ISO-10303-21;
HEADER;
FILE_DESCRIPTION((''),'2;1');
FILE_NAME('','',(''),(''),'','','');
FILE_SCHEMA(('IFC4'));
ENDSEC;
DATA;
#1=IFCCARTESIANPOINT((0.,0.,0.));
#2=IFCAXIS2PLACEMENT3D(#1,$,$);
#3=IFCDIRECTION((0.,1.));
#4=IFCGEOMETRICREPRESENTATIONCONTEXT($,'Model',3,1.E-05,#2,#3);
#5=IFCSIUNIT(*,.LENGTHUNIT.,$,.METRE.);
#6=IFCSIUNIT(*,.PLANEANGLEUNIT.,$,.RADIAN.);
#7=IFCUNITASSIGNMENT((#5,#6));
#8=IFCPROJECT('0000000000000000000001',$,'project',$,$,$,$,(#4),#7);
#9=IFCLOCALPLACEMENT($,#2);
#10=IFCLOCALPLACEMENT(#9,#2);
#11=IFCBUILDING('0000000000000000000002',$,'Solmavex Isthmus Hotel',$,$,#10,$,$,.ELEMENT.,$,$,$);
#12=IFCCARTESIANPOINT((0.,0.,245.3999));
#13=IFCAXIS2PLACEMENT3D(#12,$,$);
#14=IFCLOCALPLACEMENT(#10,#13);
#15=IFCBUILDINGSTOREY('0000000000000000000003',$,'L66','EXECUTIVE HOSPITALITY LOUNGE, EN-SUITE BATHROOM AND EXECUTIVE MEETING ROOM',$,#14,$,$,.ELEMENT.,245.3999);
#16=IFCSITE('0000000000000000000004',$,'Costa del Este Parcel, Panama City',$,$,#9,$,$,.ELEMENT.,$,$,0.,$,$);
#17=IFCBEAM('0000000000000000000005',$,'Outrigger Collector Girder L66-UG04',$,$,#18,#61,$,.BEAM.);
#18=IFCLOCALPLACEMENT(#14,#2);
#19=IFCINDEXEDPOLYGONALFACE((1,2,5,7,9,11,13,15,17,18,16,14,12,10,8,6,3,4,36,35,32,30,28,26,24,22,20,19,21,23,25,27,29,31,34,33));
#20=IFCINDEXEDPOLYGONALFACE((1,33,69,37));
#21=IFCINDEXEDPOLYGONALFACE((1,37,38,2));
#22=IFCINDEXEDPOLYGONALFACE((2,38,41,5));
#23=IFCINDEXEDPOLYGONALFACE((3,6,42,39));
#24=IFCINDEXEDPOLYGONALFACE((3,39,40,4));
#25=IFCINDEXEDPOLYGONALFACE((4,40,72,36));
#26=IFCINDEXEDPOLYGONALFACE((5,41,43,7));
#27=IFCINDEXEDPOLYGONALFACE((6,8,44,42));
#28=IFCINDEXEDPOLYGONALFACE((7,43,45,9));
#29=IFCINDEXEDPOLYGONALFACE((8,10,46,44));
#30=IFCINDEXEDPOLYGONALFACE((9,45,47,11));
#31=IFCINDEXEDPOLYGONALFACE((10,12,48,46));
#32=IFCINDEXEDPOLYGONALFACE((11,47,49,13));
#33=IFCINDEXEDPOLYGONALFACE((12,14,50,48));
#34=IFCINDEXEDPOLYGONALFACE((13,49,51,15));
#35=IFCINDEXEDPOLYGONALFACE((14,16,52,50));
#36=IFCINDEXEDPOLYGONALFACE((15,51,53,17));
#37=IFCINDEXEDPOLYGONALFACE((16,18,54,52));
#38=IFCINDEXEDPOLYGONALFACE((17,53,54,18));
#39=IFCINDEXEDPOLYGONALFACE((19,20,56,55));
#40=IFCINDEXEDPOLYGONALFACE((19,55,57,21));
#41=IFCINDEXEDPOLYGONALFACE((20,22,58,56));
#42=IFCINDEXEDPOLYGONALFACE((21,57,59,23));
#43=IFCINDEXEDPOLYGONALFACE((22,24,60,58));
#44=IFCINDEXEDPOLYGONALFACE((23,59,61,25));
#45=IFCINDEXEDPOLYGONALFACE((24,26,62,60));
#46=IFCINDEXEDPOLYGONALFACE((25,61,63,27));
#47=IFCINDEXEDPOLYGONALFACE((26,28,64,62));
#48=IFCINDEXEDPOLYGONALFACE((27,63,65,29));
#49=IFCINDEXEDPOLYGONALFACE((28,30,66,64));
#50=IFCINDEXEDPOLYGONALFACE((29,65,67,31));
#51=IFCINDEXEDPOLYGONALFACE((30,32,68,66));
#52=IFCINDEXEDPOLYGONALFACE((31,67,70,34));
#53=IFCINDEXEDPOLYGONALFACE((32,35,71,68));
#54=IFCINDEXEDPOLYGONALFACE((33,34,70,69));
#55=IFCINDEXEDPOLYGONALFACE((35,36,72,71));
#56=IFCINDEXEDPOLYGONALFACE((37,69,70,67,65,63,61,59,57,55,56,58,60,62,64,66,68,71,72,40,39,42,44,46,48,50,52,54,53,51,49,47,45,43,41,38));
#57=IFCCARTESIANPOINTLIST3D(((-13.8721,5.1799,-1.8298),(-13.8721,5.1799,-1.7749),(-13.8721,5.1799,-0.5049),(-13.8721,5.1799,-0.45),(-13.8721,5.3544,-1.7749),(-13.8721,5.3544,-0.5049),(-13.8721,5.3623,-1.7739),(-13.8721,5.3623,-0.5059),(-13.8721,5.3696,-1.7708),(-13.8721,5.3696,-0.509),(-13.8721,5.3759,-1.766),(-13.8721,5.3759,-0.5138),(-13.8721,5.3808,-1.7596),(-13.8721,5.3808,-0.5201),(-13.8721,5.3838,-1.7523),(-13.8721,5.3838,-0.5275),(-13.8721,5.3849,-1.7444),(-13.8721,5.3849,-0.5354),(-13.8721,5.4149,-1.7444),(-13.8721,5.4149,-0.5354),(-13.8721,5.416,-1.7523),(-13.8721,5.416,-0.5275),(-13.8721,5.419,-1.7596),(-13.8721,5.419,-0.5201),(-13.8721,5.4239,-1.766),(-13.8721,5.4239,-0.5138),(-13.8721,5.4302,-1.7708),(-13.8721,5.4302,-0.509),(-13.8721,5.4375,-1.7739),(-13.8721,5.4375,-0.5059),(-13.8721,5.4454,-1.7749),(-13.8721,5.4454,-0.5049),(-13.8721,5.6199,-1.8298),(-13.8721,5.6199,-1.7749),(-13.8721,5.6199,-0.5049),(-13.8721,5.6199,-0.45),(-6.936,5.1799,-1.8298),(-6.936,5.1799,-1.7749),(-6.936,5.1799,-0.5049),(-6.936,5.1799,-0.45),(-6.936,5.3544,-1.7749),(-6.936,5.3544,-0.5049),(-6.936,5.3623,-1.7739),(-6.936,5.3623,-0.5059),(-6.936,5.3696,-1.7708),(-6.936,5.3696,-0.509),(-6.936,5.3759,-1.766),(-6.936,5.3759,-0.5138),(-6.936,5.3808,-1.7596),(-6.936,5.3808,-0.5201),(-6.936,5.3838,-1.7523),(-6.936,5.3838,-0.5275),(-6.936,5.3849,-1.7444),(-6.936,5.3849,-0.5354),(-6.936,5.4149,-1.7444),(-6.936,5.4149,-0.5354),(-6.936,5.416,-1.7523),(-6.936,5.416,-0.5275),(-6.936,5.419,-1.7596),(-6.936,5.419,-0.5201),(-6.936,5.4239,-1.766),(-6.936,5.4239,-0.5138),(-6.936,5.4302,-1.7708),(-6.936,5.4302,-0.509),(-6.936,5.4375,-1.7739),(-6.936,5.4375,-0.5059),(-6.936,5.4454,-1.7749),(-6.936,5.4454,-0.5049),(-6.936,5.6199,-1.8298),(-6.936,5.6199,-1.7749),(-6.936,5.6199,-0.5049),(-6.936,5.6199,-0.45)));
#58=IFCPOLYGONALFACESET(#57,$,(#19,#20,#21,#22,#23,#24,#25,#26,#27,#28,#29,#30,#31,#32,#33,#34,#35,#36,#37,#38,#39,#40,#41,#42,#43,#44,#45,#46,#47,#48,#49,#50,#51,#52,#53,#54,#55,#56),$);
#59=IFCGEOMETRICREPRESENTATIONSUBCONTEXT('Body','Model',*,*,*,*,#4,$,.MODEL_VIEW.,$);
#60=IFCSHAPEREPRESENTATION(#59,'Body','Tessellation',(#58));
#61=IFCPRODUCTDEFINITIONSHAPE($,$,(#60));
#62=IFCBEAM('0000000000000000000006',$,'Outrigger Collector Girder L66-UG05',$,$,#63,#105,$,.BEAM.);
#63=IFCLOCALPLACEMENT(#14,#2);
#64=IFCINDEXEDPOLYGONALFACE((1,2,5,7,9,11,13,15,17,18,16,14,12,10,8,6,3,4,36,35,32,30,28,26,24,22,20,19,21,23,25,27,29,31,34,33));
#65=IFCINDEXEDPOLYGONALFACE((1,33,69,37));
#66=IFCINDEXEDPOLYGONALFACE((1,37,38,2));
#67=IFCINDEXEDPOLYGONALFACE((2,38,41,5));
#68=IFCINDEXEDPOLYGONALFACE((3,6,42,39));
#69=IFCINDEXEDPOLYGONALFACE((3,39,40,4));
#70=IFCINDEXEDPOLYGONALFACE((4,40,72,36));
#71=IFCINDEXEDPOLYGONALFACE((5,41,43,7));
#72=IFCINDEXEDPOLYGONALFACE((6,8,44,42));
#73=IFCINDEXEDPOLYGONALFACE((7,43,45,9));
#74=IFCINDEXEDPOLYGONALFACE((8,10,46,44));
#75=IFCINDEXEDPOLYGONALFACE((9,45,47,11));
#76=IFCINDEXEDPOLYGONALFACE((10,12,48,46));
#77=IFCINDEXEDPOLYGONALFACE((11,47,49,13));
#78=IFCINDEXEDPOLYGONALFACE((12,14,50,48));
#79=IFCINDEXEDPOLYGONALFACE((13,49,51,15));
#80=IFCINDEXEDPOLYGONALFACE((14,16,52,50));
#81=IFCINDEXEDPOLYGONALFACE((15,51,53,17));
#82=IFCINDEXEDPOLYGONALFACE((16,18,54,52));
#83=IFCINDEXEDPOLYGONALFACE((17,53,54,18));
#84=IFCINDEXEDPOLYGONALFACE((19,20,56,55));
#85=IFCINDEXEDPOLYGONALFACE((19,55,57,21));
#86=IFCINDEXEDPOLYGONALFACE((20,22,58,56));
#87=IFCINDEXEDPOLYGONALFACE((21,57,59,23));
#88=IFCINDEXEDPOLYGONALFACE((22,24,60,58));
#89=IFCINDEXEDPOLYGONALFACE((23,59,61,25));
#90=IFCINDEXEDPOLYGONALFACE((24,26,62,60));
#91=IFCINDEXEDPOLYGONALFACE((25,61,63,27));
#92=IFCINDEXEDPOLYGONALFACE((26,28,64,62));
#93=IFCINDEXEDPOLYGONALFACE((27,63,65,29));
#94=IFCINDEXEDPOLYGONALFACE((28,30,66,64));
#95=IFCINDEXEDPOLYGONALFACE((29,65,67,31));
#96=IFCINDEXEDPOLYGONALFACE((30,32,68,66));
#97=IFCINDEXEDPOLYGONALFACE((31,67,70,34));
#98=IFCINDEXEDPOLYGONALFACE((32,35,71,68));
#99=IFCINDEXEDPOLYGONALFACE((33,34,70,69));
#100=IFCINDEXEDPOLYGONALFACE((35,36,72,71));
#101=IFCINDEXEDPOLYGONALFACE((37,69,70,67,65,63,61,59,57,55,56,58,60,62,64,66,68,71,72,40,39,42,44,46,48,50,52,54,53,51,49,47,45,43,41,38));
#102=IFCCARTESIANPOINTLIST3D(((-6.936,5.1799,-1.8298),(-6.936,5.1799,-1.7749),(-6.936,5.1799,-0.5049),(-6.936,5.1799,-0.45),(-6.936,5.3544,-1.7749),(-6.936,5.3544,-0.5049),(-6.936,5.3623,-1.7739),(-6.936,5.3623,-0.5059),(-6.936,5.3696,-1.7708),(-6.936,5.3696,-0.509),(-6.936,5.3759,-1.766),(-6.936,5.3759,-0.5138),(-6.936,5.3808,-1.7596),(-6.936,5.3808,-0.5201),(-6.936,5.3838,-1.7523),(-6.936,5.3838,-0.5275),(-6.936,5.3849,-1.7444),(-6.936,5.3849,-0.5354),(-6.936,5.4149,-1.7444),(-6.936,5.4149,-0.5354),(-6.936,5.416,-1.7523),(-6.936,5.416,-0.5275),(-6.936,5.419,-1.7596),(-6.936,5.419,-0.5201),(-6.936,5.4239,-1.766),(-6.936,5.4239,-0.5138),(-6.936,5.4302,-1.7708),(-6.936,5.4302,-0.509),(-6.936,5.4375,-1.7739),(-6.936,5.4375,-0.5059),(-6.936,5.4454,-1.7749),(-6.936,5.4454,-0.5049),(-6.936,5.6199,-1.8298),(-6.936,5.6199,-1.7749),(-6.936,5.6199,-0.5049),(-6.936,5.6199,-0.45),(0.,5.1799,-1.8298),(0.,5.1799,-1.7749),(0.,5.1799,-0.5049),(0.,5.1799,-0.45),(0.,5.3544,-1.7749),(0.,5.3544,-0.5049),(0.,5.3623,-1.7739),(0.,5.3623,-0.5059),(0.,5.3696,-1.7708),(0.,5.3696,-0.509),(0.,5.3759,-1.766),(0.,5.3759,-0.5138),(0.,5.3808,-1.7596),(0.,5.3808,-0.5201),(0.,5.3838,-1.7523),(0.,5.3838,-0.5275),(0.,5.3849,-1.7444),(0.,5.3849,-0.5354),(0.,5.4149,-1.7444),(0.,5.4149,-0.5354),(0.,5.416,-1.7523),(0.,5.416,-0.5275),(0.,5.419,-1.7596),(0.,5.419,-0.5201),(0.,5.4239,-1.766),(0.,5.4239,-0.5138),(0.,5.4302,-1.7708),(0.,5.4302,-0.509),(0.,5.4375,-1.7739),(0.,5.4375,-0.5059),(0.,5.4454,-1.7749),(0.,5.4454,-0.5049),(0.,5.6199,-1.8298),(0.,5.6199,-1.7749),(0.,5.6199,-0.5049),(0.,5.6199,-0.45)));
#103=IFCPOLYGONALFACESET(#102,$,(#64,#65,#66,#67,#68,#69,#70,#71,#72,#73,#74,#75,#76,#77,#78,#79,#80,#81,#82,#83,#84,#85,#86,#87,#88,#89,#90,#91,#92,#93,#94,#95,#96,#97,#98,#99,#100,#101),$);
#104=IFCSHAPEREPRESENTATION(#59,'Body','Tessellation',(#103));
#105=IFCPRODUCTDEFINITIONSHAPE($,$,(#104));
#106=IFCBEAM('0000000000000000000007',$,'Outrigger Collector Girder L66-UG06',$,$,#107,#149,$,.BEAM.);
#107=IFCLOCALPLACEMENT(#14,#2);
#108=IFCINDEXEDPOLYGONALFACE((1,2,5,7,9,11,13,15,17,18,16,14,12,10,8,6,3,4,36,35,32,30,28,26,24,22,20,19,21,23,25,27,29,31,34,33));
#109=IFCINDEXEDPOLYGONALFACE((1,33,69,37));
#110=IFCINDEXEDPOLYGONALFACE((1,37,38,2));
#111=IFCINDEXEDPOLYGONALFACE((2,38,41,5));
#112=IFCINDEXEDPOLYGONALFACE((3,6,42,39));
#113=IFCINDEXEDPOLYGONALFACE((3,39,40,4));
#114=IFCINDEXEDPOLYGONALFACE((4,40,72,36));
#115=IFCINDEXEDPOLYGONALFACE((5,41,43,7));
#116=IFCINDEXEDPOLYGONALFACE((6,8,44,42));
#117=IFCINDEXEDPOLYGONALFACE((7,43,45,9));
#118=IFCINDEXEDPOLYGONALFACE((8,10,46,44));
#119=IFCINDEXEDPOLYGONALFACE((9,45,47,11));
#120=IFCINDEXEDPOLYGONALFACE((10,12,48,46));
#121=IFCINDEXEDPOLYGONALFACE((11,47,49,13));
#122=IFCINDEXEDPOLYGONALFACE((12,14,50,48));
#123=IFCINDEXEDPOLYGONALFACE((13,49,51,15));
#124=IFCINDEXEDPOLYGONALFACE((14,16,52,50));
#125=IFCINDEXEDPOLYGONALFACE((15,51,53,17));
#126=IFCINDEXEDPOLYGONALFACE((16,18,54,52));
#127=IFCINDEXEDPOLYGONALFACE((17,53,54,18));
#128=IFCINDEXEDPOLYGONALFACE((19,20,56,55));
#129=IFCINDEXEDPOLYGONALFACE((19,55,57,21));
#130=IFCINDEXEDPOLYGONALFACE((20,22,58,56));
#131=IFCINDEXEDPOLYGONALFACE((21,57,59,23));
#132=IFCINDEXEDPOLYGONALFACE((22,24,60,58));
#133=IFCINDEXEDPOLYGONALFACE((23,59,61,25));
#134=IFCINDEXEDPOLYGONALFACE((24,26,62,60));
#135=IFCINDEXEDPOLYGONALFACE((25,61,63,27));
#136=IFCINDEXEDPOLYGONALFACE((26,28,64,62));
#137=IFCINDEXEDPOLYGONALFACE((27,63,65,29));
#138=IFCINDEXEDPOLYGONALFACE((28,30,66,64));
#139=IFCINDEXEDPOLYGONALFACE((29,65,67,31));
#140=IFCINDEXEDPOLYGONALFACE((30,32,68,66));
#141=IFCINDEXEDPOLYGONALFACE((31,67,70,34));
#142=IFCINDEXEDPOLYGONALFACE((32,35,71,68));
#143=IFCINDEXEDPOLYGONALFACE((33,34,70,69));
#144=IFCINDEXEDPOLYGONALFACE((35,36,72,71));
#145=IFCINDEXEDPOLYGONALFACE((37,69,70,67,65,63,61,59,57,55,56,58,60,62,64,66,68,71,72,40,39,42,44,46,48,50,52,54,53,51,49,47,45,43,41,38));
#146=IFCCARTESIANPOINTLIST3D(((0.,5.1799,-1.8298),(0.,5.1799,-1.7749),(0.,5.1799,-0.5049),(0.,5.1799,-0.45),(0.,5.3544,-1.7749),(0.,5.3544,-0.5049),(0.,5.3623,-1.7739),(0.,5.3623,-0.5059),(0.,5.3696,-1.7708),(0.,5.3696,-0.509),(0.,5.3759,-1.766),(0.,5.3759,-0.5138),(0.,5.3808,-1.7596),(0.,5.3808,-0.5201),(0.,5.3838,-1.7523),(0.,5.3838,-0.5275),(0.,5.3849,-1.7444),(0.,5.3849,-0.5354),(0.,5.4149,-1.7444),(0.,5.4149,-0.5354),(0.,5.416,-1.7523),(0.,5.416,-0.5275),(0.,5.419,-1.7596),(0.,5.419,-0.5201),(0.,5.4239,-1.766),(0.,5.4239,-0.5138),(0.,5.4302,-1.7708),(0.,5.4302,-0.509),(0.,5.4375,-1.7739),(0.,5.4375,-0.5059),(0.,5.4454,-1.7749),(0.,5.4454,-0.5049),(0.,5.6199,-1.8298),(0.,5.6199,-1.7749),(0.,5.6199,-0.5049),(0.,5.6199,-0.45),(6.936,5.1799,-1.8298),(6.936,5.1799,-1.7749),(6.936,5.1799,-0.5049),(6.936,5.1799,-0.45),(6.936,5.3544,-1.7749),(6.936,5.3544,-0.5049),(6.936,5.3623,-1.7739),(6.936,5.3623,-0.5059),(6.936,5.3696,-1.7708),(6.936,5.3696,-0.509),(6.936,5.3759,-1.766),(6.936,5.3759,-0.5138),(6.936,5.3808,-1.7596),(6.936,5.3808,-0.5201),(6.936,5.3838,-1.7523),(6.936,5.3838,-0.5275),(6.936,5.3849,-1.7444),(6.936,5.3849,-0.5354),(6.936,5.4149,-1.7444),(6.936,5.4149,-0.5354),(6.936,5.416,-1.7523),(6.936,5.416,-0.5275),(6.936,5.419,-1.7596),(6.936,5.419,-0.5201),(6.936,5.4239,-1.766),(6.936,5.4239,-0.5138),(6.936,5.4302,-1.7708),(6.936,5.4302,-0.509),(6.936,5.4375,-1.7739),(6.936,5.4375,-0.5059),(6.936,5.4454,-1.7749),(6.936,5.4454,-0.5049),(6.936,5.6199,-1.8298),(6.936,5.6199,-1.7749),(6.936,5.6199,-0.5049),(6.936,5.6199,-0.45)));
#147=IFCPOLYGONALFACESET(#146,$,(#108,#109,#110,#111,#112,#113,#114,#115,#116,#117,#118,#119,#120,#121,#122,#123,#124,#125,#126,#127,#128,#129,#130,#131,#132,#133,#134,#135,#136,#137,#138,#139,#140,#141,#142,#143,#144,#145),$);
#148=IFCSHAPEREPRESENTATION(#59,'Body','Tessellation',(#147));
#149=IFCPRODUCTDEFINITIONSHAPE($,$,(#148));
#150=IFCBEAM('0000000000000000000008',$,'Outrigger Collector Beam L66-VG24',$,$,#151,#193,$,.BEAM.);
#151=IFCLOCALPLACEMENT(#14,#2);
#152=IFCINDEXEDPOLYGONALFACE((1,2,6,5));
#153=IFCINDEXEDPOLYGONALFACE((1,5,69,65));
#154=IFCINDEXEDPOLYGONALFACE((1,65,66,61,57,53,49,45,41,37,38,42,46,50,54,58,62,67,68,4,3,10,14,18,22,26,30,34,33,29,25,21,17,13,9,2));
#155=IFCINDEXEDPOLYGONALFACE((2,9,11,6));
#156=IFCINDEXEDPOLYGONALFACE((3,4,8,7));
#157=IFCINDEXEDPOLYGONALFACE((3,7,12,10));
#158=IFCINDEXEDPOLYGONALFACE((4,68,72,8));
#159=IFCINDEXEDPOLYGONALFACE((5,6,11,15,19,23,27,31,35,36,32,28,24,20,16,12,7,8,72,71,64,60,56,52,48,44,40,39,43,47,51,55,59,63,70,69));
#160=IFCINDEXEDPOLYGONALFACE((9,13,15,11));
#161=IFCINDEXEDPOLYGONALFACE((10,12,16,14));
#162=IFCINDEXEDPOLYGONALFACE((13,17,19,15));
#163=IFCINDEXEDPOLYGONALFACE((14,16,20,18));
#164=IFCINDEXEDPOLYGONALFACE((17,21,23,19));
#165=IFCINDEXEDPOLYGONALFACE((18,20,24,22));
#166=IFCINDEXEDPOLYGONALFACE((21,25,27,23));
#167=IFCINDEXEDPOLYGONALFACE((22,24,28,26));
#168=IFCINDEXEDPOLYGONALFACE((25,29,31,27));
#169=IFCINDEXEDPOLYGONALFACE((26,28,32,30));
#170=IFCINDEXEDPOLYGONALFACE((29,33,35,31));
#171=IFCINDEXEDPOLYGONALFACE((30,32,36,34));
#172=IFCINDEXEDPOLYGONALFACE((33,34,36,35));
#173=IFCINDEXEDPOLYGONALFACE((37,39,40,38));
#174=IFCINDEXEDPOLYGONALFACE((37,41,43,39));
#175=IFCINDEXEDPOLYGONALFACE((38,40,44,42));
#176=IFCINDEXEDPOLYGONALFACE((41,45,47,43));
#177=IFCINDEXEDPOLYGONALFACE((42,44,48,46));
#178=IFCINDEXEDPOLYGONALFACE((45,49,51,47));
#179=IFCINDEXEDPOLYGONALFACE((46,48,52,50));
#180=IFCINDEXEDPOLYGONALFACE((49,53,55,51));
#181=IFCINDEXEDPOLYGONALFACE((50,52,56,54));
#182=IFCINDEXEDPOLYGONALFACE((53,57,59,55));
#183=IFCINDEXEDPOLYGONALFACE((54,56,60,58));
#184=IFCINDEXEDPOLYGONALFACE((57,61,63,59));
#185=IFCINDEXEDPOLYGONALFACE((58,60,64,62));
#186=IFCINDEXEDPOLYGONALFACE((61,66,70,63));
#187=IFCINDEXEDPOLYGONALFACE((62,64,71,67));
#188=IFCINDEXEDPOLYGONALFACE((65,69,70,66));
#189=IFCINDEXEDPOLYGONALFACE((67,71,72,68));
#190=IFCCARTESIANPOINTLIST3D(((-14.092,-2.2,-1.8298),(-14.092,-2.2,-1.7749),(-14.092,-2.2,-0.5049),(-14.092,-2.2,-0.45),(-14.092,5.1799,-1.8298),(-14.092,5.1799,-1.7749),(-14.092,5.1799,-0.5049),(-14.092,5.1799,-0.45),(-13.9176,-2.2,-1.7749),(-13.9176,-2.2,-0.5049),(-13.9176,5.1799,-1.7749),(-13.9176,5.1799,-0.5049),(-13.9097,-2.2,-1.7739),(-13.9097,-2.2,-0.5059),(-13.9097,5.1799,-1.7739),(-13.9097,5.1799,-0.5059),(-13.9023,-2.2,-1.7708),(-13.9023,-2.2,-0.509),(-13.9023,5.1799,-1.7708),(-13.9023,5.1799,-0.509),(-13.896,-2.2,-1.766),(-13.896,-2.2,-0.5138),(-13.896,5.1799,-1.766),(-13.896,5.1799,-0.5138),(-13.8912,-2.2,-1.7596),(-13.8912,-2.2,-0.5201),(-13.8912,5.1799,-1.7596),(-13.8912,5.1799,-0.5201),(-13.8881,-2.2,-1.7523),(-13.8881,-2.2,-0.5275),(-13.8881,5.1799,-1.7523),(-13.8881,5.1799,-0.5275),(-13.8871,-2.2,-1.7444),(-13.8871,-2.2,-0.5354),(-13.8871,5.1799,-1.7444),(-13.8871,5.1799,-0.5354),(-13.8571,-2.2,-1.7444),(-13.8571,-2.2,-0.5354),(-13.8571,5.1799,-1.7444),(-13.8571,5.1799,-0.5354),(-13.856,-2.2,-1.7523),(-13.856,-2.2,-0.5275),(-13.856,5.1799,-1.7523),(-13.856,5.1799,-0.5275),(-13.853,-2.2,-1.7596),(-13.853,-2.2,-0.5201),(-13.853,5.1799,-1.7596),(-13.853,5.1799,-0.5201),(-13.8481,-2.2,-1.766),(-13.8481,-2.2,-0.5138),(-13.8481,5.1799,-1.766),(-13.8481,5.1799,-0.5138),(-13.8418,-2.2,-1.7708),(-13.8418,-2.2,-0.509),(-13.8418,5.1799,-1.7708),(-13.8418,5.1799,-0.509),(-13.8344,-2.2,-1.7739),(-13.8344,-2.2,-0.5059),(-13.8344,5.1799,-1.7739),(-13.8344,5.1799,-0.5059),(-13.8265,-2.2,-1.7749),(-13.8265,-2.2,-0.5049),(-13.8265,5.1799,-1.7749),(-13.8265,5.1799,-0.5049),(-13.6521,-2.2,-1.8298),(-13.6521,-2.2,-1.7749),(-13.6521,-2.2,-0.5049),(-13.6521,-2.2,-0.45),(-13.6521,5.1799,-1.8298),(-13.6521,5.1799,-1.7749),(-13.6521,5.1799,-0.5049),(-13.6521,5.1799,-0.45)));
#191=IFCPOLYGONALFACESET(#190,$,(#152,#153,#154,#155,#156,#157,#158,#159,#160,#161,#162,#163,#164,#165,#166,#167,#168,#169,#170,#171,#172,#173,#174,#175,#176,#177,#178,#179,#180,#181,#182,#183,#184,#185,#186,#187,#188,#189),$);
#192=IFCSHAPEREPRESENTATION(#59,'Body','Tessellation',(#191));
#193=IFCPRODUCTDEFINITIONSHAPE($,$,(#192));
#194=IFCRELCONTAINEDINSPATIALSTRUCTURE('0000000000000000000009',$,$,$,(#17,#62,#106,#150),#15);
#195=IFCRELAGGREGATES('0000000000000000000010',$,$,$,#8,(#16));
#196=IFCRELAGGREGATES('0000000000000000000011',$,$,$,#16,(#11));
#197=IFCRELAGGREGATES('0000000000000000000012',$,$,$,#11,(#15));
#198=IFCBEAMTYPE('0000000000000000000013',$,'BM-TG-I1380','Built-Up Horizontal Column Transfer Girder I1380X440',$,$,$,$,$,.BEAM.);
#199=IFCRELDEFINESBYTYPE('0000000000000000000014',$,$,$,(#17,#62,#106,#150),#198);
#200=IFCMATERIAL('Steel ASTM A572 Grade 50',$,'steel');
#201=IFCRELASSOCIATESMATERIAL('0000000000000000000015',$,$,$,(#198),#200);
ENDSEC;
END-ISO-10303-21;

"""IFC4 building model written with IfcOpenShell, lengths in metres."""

from ifc_helpers import new_model, si_unit, direction, frame, origin, origin_2d, place, context, subcontext, project, spatial, i_section, extrude, material, material_profile, profile_set, type_object, element, save


model = new_model("IFC4")

# Units and contexts
model_context = context("Model", 3, precision=1e-05, world=origin(), true_north=direction((0.0, 1.0)))
body_context = subcontext(model_context, "Body", "Model", "MODEL_VIEW")
ifc_project = project(units=[si_unit("LENGTHUNIT", "METRE"), si_unit("PLANEANGLEUNIT", "RADIAN")], contexts=[model_context])

# Site, building, storey
site_placement = place(None, origin())
site = spatial("IfcSite", under=ifc_project, at=site_placement, Name="Costa del Este Parcel, Panama City", CompositionType="ELEMENT", RefElevation=0.0)
building_placement = place(site_placement, origin())
building = spatial("IfcBuilding", under=site, at=building_placement, Name="Solmavex Isthmus Hotel", CompositionType="ELEMENT")
storey_placement = place(building_placement, frame((0.0, 0.0, 245.3999)))
storey = spatial("IfcBuildingStorey", under=building, at=storey_placement, Name="L66", Description="EXECUTIVE HOSPITALITY LOUNGE, EN-SUITE BATHROOM AND EXECUTIVE MEETING ROOM", CompositionType="ELEMENT", Elevation=245.3999)

# Beams
ifc_material_1 = material(Name="Steel ASTM A572 Grade 50", Category="steel")
ifc_material_profile_1 = material_profile(ifc_material_1, i_section(OverallWidth=0.4399, OverallDepth=1.3799, WebThickness=0.03, FlangeThickness=0.0549, FilletRadius=0.0305, at=origin_2d()), Name="I1380X440")
ifc_profile_set_1 = profile_set([ifc_material_profile_1], Name="Steel ASTM A572 Grade 50")
beam_type_1 = type_object("IfcBeamType", Name="BM-TG-I1380", Description="Built-Up Horizontal Column Transfer Girder I1380X440", PredefinedType="BEAM", material=ifc_profile_set_1)
for number, where, z_axis, x_axis, name in (
    (1, (-13.8721, 5.3999, -1.1399), (1.0, 0.0, 0.0), (0.0, 1.0, 0.0), "Outrigger Collector Girder L66-UG04"),
    (2, (-6.936, 5.3999, -1.1399), (1.0, 0.0, 0.0), (0.0, 1.0, 0.0), "Outrigger Collector Girder L66-UG05"),
    (3, (0.0, 5.3999, -1.1399), (1.0, 0.0, 0.0), (0.0, 1.0, 0.0), "Outrigger Collector Girder L66-UG06"),
):
    element("IfcBeam", number, at=place(storey_placement, frame(where, z_axis=z_axis, x_axis=x_axis)), inside=storey, type_object=beam_type_1, Name=name, PredefinedType="BEAM", context=body_context, shape_type="SweptSolid", body=[
        extrude(i_section(OverallWidth=0.4399, OverallDepth=1.3799, WebThickness=0.03, FlangeThickness=0.0549, FilletRadius=0.0305, at=origin_2d()), origin(), (0.0, 0.0, 1.0), 6.936),
    ])
for number, where, z_axis, x_axis, name in (
    (4, (-13.8721, -2.2, -1.1399), (0.0, 1.0, 0.0), (-1.0, 0.0, 0.0), "Outrigger Collector Beam L66-VG24"),
):
    element("IfcBeam", number, at=place(storey_placement, frame(where, z_axis=z_axis, x_axis=x_axis)), inside=storey, type_object=beam_type_1, Name=name, PredefinedType="BEAM", context=body_context, shape_type="SweptSolid", body=[
        extrude(i_section(OverallWidth=0.4399, OverallDepth=1.3799, WebThickness=0.03, FlangeThickness=0.0549, FilletRadius=0.0305, at=origin_2d()), origin(), (0.0, 0.0, 1.0), 7.3799),
    ])

save(model, "model.ifc")
